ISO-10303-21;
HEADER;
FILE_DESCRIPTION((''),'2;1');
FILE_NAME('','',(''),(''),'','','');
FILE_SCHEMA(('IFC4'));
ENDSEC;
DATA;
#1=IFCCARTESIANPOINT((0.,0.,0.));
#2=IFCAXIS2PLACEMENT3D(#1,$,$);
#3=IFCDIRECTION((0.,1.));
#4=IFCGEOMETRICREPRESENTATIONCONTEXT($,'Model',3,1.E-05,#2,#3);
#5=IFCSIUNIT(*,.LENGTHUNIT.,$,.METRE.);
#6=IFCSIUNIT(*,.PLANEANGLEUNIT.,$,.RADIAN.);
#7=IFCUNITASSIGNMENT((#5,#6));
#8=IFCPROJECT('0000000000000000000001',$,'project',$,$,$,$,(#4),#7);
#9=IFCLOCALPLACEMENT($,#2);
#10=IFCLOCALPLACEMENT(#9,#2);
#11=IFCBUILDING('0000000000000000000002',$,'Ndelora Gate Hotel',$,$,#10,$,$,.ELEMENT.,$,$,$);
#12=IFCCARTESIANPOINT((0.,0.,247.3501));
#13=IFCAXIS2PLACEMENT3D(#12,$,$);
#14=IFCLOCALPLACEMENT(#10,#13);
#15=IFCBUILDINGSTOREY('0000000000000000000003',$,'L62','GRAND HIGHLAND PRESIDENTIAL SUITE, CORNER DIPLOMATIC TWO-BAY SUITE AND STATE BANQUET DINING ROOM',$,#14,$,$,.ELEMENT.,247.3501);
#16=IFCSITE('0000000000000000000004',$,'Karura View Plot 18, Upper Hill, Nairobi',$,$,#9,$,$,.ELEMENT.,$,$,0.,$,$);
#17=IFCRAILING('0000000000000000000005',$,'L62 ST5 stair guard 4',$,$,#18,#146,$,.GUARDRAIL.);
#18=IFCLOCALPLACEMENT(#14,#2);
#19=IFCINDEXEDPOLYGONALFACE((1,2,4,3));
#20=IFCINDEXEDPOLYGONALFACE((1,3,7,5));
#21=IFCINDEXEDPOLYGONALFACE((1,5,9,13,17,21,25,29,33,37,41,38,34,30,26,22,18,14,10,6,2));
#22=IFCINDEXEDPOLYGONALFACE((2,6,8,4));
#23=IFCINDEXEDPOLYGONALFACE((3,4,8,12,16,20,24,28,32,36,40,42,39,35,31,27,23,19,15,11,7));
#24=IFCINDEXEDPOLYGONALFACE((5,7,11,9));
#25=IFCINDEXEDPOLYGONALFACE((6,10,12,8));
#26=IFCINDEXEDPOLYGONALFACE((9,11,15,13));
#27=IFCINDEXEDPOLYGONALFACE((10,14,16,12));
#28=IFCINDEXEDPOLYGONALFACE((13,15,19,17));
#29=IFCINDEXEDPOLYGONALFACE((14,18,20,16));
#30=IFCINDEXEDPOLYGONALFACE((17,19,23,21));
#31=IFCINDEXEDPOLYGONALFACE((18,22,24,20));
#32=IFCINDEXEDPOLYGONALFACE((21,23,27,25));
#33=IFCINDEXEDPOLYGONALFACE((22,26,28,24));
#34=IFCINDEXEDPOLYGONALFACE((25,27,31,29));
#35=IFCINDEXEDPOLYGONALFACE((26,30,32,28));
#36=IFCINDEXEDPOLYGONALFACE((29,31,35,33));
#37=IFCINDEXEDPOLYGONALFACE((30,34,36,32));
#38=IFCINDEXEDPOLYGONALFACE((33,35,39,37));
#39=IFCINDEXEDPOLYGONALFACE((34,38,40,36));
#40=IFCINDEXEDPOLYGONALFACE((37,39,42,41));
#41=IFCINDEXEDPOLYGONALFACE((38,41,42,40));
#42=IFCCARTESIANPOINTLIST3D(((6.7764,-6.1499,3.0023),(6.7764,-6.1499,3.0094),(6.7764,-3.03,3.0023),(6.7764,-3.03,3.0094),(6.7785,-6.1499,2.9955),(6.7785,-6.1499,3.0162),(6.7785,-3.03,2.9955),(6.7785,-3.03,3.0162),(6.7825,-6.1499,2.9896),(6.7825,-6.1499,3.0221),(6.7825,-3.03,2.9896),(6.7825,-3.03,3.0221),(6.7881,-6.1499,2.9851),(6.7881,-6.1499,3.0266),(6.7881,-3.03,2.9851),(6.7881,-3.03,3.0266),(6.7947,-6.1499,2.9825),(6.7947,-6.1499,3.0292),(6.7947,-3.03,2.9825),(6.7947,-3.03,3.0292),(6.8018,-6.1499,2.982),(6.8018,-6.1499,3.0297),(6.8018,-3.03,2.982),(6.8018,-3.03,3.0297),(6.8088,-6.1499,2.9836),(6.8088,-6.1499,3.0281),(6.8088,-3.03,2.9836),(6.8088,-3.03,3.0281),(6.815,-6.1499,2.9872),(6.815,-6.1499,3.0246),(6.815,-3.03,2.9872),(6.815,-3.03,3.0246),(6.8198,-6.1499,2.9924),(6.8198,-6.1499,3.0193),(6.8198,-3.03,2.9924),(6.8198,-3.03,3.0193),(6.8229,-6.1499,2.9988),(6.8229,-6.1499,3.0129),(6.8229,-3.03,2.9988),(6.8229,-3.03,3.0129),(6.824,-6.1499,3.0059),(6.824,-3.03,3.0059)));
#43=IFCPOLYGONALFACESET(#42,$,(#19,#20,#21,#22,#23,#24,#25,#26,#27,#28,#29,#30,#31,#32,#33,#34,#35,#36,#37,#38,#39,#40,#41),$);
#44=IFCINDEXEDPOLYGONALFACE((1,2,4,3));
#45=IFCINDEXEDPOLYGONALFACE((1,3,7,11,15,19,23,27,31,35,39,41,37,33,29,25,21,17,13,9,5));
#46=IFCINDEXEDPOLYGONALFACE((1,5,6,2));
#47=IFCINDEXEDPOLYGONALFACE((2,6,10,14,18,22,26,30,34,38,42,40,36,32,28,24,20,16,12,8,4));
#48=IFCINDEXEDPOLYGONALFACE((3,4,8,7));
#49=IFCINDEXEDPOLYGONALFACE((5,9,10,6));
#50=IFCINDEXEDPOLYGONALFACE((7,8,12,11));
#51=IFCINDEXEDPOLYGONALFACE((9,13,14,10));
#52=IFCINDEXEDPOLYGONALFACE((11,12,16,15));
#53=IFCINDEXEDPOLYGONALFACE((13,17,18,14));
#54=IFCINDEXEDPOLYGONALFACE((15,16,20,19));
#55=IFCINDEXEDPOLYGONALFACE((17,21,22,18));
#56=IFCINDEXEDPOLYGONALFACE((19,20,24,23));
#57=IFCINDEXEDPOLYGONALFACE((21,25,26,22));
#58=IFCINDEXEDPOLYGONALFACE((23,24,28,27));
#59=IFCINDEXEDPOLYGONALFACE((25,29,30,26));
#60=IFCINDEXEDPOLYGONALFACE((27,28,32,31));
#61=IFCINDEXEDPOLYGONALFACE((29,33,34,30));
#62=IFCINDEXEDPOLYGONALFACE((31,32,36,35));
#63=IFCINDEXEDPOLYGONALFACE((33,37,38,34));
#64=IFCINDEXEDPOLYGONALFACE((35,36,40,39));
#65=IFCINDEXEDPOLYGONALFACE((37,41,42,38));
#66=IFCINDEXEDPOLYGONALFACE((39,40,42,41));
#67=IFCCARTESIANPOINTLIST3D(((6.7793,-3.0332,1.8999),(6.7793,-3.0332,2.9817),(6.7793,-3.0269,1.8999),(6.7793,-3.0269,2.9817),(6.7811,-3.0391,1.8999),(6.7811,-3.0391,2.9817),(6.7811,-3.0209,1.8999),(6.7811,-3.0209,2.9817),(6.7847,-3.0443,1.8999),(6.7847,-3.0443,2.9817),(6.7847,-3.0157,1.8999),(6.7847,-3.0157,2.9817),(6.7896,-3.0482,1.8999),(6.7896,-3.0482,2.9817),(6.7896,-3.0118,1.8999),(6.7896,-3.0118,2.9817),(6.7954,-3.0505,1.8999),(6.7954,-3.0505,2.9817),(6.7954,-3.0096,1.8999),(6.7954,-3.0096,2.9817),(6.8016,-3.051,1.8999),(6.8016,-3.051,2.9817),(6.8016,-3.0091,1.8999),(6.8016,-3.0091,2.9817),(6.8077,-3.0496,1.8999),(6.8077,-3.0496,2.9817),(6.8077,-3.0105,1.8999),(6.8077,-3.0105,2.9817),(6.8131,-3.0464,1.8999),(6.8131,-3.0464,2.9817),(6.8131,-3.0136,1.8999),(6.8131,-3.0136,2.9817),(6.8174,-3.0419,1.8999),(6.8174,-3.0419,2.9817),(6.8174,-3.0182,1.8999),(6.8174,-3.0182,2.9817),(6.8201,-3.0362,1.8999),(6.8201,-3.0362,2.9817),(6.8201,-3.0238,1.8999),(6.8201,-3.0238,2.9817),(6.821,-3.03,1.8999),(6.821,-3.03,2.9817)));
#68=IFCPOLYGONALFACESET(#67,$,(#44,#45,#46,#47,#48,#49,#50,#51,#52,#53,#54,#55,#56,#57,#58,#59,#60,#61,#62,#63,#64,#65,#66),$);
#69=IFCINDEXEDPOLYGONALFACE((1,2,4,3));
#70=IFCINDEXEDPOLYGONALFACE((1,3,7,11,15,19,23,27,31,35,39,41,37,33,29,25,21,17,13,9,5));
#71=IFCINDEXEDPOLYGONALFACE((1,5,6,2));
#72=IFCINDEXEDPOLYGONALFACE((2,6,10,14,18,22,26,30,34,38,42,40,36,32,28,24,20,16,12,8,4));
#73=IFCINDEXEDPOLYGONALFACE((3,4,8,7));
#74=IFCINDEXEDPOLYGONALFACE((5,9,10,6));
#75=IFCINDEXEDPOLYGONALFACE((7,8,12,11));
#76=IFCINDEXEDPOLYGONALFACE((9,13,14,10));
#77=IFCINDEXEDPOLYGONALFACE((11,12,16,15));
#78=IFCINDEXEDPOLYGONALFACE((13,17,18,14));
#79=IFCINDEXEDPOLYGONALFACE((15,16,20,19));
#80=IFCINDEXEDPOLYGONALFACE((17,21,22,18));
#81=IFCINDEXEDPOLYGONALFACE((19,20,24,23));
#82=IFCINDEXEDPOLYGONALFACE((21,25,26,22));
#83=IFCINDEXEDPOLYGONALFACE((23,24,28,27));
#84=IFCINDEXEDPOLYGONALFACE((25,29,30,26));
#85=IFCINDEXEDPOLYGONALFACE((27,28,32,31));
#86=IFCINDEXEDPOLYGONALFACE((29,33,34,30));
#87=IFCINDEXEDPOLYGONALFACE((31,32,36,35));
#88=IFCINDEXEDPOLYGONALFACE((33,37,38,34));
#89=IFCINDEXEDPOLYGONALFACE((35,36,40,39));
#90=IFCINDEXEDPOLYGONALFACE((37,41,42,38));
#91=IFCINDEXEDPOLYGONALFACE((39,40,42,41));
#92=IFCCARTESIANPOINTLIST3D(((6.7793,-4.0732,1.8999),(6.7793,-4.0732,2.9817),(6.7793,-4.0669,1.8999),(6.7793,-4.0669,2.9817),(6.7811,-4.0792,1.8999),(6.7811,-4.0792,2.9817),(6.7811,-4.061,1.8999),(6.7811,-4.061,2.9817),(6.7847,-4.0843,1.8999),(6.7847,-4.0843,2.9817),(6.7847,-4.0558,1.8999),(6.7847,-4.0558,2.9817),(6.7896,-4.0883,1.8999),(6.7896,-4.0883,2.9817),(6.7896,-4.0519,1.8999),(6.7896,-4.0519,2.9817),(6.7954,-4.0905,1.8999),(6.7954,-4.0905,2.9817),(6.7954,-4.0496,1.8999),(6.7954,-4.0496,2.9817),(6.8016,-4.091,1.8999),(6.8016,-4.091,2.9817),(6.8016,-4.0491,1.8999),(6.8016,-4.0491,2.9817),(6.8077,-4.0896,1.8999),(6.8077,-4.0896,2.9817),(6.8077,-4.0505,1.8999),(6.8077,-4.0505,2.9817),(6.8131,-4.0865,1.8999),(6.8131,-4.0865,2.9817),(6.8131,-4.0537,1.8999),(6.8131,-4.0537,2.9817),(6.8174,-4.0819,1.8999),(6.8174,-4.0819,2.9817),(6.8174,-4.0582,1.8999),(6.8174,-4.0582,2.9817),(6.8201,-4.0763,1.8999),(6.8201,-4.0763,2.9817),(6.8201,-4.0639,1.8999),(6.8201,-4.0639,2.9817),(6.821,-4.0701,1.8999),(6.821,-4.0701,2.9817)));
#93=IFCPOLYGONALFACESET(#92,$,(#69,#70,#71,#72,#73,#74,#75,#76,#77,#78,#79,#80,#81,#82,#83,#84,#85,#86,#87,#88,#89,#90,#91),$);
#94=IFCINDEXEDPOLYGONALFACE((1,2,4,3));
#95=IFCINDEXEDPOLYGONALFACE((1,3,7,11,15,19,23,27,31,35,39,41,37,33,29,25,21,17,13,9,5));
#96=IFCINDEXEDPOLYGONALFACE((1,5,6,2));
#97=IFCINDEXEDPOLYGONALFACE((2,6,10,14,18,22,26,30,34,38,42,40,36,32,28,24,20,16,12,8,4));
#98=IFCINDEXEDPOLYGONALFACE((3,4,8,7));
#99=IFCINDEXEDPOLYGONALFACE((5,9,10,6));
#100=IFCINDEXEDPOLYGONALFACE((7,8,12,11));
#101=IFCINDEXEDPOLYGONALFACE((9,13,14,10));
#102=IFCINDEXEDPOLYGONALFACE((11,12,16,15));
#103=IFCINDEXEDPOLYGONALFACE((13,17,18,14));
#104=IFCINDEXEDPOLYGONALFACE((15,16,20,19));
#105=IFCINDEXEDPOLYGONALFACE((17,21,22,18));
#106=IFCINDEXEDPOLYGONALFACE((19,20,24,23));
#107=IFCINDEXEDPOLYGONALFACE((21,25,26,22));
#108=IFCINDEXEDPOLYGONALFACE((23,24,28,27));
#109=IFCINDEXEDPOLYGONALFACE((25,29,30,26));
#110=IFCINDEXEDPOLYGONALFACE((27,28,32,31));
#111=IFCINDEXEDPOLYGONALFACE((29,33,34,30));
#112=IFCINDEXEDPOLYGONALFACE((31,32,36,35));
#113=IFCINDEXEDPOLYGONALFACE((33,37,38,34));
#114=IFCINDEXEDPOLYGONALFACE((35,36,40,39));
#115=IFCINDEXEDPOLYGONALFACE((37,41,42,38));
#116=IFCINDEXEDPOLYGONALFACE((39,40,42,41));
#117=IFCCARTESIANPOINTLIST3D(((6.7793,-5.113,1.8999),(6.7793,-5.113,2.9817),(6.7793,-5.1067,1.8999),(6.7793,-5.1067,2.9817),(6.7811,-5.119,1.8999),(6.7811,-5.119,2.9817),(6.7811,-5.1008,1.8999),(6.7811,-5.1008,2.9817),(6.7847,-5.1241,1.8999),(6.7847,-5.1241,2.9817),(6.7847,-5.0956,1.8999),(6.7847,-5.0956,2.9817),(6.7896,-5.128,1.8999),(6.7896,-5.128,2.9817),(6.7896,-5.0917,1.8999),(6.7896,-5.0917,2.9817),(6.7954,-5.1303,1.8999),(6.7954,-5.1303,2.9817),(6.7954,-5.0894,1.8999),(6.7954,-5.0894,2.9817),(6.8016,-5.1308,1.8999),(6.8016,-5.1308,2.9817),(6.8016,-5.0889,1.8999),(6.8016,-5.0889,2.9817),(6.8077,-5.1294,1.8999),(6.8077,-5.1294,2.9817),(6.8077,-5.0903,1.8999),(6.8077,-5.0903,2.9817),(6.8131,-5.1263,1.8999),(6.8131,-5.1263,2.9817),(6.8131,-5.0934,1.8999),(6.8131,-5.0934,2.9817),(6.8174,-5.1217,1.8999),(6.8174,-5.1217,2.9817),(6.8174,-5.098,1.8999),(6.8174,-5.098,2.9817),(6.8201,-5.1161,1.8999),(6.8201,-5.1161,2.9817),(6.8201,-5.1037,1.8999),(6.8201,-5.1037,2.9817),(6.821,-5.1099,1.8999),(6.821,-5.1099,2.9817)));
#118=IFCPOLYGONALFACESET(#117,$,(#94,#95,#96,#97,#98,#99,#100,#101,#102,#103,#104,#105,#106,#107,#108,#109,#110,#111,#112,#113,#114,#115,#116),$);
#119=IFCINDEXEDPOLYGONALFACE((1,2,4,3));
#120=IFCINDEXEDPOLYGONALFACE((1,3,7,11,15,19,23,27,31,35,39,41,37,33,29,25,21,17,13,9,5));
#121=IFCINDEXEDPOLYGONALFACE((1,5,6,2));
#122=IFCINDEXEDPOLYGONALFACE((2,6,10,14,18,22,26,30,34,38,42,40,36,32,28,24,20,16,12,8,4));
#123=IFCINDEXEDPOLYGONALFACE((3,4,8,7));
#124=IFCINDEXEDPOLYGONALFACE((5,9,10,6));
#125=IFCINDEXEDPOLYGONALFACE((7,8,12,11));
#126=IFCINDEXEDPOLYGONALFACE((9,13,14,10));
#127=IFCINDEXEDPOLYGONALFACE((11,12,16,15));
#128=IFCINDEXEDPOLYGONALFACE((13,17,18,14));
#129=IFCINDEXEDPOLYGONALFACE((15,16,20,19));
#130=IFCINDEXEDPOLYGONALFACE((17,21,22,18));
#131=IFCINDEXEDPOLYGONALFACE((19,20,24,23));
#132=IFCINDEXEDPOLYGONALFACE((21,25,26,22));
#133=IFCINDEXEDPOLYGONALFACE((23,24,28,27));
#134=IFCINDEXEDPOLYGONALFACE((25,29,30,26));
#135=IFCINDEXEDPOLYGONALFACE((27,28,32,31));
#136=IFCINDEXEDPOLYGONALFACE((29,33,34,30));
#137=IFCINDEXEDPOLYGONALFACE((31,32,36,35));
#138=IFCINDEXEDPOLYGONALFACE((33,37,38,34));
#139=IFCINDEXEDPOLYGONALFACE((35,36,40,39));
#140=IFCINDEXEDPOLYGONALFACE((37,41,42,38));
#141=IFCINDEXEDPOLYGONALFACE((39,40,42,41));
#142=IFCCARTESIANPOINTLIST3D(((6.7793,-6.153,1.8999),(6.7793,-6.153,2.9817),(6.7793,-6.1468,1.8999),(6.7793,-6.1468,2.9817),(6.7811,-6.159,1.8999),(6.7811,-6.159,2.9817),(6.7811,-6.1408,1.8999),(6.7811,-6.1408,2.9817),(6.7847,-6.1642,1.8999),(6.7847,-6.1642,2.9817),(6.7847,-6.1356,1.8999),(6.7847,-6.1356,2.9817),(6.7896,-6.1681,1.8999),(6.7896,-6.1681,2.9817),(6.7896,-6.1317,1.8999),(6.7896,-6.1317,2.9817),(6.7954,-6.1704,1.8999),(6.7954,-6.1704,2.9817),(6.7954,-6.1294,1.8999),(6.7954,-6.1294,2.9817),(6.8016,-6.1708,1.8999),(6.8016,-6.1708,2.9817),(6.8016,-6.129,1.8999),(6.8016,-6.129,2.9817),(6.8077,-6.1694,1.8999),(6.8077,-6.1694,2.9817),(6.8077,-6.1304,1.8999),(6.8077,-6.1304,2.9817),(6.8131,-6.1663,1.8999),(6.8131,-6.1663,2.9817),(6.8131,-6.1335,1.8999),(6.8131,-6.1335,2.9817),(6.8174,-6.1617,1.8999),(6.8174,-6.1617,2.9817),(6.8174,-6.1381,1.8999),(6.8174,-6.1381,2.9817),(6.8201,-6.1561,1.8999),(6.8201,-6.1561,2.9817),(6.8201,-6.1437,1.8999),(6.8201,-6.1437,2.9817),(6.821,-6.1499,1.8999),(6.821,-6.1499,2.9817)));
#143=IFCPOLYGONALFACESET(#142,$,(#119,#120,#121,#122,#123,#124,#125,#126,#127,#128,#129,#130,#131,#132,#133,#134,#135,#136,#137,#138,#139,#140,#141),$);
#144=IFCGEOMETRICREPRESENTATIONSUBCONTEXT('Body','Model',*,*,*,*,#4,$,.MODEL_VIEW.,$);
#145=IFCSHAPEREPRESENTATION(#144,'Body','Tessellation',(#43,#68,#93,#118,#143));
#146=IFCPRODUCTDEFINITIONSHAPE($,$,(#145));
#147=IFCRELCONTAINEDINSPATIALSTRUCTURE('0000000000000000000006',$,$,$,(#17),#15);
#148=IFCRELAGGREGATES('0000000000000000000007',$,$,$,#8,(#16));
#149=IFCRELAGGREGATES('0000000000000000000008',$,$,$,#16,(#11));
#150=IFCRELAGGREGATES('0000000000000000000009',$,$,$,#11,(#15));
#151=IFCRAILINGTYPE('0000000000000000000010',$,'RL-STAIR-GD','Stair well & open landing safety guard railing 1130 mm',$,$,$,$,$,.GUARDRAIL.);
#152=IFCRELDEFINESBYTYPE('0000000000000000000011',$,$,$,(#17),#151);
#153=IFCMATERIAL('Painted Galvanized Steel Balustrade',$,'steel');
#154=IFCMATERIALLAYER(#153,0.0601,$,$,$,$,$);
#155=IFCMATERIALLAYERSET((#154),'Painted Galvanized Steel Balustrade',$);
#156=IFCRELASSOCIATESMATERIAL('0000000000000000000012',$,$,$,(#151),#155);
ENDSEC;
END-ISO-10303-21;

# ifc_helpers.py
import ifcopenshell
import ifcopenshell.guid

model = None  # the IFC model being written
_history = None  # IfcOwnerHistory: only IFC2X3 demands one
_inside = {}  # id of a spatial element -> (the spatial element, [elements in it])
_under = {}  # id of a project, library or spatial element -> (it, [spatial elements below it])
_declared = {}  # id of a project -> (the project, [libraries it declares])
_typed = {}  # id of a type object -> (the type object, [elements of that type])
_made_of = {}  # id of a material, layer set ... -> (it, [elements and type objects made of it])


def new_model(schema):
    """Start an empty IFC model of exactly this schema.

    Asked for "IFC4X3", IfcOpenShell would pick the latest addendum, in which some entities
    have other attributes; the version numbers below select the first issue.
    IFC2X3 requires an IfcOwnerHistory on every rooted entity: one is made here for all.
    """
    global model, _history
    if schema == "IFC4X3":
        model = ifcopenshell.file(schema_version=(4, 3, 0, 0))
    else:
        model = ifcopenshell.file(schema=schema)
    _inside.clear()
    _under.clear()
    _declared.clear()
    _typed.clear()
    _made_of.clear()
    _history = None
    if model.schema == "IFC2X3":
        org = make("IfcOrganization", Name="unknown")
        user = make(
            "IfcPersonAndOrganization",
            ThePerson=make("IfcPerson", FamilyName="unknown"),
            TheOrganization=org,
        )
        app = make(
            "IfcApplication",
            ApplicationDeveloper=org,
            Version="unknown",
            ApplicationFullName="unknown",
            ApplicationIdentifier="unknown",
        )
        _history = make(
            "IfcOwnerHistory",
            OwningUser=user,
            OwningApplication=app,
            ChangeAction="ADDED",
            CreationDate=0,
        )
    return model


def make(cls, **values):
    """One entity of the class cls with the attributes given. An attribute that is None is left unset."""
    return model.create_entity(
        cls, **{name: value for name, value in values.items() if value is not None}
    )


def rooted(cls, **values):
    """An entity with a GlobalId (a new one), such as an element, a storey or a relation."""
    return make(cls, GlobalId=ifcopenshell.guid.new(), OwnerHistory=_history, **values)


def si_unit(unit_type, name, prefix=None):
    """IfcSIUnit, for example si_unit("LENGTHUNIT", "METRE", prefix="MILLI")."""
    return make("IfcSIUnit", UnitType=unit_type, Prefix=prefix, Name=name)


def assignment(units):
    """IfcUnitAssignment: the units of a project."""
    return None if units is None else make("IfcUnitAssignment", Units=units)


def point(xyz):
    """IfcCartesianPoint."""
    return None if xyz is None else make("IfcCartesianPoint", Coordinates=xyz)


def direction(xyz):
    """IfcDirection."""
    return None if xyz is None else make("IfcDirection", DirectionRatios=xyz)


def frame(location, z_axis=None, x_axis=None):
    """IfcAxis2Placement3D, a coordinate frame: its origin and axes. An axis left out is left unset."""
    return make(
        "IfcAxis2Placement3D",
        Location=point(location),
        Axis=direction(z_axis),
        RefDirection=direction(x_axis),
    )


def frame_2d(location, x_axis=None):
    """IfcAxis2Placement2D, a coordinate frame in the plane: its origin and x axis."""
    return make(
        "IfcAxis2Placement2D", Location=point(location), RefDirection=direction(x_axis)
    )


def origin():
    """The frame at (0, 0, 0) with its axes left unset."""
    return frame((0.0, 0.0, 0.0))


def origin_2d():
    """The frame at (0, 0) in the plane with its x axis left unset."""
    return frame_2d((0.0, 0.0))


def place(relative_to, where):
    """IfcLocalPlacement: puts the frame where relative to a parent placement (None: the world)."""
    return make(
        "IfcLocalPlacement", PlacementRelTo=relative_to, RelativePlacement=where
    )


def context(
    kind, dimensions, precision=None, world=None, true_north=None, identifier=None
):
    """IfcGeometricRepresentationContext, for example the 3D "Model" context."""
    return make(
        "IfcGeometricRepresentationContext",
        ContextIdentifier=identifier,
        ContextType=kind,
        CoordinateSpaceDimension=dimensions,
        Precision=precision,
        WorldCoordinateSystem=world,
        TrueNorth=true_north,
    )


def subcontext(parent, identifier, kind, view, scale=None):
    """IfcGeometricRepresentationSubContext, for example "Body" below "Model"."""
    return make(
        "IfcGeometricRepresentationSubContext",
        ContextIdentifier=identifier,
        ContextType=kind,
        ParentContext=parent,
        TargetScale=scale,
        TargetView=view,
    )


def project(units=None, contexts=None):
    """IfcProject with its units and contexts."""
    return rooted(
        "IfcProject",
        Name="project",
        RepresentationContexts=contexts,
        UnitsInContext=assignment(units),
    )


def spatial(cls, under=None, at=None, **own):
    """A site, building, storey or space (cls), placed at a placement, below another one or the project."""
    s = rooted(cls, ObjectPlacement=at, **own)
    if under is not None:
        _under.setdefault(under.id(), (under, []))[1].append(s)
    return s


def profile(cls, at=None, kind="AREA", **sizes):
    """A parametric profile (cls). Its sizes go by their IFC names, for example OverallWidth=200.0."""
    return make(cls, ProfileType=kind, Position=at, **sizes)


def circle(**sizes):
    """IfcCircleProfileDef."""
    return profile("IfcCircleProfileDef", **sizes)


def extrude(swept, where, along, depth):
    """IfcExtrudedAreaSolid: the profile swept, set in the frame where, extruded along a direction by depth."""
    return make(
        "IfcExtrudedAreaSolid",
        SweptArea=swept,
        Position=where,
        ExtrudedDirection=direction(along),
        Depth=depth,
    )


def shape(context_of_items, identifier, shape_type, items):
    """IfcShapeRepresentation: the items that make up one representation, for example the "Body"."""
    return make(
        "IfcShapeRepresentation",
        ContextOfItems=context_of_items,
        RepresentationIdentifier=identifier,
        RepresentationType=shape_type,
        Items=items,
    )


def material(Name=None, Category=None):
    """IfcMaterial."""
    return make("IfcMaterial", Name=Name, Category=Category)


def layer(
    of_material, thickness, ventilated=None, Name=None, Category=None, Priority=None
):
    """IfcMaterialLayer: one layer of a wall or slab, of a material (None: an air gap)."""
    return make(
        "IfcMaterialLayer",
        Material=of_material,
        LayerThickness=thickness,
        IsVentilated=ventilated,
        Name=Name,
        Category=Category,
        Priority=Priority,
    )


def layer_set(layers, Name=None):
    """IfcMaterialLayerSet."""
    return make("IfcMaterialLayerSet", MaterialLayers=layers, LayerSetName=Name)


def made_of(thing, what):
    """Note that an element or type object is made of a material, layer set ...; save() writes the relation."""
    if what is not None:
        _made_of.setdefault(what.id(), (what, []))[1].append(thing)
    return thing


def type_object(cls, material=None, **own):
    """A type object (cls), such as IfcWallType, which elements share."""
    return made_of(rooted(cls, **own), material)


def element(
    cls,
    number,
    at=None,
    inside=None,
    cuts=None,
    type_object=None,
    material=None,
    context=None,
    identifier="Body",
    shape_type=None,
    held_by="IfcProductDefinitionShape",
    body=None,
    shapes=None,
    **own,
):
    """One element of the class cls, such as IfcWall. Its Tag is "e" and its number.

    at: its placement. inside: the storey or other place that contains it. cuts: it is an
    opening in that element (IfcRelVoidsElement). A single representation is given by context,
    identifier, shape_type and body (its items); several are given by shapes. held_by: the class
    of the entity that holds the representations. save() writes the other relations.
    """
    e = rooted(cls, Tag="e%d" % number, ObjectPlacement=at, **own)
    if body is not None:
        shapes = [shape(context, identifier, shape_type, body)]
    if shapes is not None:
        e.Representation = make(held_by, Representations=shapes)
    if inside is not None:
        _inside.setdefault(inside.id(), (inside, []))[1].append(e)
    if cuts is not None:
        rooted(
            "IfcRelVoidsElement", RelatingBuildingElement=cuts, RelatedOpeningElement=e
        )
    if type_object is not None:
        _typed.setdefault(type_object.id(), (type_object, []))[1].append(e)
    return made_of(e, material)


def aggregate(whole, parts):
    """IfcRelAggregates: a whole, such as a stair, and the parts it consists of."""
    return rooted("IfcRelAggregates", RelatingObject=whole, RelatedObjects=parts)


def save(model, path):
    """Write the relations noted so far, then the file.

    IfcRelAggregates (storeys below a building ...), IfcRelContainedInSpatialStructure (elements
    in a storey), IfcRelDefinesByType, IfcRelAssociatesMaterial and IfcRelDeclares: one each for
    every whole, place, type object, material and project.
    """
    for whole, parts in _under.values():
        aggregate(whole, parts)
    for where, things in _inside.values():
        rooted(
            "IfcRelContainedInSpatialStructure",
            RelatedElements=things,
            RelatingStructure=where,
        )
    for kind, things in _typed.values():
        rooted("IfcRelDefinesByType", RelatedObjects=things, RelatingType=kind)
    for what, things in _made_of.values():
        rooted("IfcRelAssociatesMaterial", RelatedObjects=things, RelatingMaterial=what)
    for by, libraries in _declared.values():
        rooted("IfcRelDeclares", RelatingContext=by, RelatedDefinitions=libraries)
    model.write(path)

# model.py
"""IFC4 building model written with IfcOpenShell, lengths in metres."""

from ifc_helpers import new_model, si_unit, direction, frame, origin, origin_2d, place, context, subcontext, project, spatial, circle, extrude, material, layer, layer_set, type_object, element, save


model = new_model("IFC4")

# Units and contexts
model_context = context("Model", 3, precision=1e-05, world=origin(), true_north=direction((0.0, 1.0)))
body_context = subcontext(model_context, "Body", "Model", "MODEL_VIEW")
ifc_project = project(units=[si_unit("LENGTHUNIT", "METRE"), si_unit("PLANEANGLEUNIT", "RADIAN")], contexts=[model_context])

# Site, building, storey
site_placement = place(None, origin())
site = spatial("IfcSite", under=ifc_project, at=site_placement, Name="Karura View Plot 18, Upper Hill, Nairobi", CompositionType="ELEMENT", RefElevation=0.0)
building_placement = place(site_placement, origin())
building = spatial("IfcBuilding", under=site, at=building_placement, Name="Ndelora Gate Hotel", CompositionType="ELEMENT")
storey_placement = place(building_placement, frame((0.0, 0.0, 247.3501)))
storey = spatial("IfcBuildingStorey", under=building, at=storey_placement, Name="L62", Description="GRAND HIGHLAND PRESIDENTIAL SUITE, CORNER DIPLOMATIC TWO-BAY SUITE AND STATE BANQUET DINING ROOM", CompositionType="ELEMENT", Elevation=247.3501)

# Railing
ifc_material_1 = material(Name="Painted Galvanized Steel Balustrade", Category="steel")
ifc_layer_1 = layer(ifc_material_1, 0.0601)
ifc_layer_set_1 = layer_set([ifc_layer_1], Name="Painted Galvanized Steel Balustrade")
railing_type_1 = type_object("IfcRailingType", Name="RL-STAIR-GD", Description="Stair well & open landing safety guard railing 1130 mm", PredefinedType="GUARDRAIL", material=ifc_layer_set_1)
for number, where, name in (
    (1, (6.8, -3.03, 1.8999), "L62 ST5 stair guard 4"),
):
    element("IfcRailing", number, at=place(storey_placement, frame(where)), inside=storey, type_object=railing_type_1, Name=name, PredefinedType="GUARDRAIL", context=body_context, shape_type="SweptSolid", body=[
        extrude(circle(Radius=0.0239, at=origin_2d()), frame((0.0, 0.0, 1.106), z_axis=(0.0, -1.0, 0.0), x_axis=(1.0, 0.0, 0.0)), (0.0, 0.0, 1.0), 3.1199),
        extrude(circle(Radius=0.021, at=origin_2d()), origin(), (0.0, 0.0, 1.0), 1.0818),
        extrude(circle(Radius=0.021, at=origin_2d()), frame((0.0, -1.04, 0.0)), (0.0, 0.0, 1.0), 1.0818),
        extrude(circle(Radius=0.021, at=origin_2d()), frame((0.0, -2.0798, 0.0)), (0.0, 0.0, 1.0), 1.0818),
        extrude(circle(Radius=0.021, at=origin_2d()), frame((0.0, -3.1199, 0.0)), (0.0, 0.0, 1.0), 1.0818),
    ])

save(model, "model.ifc")
